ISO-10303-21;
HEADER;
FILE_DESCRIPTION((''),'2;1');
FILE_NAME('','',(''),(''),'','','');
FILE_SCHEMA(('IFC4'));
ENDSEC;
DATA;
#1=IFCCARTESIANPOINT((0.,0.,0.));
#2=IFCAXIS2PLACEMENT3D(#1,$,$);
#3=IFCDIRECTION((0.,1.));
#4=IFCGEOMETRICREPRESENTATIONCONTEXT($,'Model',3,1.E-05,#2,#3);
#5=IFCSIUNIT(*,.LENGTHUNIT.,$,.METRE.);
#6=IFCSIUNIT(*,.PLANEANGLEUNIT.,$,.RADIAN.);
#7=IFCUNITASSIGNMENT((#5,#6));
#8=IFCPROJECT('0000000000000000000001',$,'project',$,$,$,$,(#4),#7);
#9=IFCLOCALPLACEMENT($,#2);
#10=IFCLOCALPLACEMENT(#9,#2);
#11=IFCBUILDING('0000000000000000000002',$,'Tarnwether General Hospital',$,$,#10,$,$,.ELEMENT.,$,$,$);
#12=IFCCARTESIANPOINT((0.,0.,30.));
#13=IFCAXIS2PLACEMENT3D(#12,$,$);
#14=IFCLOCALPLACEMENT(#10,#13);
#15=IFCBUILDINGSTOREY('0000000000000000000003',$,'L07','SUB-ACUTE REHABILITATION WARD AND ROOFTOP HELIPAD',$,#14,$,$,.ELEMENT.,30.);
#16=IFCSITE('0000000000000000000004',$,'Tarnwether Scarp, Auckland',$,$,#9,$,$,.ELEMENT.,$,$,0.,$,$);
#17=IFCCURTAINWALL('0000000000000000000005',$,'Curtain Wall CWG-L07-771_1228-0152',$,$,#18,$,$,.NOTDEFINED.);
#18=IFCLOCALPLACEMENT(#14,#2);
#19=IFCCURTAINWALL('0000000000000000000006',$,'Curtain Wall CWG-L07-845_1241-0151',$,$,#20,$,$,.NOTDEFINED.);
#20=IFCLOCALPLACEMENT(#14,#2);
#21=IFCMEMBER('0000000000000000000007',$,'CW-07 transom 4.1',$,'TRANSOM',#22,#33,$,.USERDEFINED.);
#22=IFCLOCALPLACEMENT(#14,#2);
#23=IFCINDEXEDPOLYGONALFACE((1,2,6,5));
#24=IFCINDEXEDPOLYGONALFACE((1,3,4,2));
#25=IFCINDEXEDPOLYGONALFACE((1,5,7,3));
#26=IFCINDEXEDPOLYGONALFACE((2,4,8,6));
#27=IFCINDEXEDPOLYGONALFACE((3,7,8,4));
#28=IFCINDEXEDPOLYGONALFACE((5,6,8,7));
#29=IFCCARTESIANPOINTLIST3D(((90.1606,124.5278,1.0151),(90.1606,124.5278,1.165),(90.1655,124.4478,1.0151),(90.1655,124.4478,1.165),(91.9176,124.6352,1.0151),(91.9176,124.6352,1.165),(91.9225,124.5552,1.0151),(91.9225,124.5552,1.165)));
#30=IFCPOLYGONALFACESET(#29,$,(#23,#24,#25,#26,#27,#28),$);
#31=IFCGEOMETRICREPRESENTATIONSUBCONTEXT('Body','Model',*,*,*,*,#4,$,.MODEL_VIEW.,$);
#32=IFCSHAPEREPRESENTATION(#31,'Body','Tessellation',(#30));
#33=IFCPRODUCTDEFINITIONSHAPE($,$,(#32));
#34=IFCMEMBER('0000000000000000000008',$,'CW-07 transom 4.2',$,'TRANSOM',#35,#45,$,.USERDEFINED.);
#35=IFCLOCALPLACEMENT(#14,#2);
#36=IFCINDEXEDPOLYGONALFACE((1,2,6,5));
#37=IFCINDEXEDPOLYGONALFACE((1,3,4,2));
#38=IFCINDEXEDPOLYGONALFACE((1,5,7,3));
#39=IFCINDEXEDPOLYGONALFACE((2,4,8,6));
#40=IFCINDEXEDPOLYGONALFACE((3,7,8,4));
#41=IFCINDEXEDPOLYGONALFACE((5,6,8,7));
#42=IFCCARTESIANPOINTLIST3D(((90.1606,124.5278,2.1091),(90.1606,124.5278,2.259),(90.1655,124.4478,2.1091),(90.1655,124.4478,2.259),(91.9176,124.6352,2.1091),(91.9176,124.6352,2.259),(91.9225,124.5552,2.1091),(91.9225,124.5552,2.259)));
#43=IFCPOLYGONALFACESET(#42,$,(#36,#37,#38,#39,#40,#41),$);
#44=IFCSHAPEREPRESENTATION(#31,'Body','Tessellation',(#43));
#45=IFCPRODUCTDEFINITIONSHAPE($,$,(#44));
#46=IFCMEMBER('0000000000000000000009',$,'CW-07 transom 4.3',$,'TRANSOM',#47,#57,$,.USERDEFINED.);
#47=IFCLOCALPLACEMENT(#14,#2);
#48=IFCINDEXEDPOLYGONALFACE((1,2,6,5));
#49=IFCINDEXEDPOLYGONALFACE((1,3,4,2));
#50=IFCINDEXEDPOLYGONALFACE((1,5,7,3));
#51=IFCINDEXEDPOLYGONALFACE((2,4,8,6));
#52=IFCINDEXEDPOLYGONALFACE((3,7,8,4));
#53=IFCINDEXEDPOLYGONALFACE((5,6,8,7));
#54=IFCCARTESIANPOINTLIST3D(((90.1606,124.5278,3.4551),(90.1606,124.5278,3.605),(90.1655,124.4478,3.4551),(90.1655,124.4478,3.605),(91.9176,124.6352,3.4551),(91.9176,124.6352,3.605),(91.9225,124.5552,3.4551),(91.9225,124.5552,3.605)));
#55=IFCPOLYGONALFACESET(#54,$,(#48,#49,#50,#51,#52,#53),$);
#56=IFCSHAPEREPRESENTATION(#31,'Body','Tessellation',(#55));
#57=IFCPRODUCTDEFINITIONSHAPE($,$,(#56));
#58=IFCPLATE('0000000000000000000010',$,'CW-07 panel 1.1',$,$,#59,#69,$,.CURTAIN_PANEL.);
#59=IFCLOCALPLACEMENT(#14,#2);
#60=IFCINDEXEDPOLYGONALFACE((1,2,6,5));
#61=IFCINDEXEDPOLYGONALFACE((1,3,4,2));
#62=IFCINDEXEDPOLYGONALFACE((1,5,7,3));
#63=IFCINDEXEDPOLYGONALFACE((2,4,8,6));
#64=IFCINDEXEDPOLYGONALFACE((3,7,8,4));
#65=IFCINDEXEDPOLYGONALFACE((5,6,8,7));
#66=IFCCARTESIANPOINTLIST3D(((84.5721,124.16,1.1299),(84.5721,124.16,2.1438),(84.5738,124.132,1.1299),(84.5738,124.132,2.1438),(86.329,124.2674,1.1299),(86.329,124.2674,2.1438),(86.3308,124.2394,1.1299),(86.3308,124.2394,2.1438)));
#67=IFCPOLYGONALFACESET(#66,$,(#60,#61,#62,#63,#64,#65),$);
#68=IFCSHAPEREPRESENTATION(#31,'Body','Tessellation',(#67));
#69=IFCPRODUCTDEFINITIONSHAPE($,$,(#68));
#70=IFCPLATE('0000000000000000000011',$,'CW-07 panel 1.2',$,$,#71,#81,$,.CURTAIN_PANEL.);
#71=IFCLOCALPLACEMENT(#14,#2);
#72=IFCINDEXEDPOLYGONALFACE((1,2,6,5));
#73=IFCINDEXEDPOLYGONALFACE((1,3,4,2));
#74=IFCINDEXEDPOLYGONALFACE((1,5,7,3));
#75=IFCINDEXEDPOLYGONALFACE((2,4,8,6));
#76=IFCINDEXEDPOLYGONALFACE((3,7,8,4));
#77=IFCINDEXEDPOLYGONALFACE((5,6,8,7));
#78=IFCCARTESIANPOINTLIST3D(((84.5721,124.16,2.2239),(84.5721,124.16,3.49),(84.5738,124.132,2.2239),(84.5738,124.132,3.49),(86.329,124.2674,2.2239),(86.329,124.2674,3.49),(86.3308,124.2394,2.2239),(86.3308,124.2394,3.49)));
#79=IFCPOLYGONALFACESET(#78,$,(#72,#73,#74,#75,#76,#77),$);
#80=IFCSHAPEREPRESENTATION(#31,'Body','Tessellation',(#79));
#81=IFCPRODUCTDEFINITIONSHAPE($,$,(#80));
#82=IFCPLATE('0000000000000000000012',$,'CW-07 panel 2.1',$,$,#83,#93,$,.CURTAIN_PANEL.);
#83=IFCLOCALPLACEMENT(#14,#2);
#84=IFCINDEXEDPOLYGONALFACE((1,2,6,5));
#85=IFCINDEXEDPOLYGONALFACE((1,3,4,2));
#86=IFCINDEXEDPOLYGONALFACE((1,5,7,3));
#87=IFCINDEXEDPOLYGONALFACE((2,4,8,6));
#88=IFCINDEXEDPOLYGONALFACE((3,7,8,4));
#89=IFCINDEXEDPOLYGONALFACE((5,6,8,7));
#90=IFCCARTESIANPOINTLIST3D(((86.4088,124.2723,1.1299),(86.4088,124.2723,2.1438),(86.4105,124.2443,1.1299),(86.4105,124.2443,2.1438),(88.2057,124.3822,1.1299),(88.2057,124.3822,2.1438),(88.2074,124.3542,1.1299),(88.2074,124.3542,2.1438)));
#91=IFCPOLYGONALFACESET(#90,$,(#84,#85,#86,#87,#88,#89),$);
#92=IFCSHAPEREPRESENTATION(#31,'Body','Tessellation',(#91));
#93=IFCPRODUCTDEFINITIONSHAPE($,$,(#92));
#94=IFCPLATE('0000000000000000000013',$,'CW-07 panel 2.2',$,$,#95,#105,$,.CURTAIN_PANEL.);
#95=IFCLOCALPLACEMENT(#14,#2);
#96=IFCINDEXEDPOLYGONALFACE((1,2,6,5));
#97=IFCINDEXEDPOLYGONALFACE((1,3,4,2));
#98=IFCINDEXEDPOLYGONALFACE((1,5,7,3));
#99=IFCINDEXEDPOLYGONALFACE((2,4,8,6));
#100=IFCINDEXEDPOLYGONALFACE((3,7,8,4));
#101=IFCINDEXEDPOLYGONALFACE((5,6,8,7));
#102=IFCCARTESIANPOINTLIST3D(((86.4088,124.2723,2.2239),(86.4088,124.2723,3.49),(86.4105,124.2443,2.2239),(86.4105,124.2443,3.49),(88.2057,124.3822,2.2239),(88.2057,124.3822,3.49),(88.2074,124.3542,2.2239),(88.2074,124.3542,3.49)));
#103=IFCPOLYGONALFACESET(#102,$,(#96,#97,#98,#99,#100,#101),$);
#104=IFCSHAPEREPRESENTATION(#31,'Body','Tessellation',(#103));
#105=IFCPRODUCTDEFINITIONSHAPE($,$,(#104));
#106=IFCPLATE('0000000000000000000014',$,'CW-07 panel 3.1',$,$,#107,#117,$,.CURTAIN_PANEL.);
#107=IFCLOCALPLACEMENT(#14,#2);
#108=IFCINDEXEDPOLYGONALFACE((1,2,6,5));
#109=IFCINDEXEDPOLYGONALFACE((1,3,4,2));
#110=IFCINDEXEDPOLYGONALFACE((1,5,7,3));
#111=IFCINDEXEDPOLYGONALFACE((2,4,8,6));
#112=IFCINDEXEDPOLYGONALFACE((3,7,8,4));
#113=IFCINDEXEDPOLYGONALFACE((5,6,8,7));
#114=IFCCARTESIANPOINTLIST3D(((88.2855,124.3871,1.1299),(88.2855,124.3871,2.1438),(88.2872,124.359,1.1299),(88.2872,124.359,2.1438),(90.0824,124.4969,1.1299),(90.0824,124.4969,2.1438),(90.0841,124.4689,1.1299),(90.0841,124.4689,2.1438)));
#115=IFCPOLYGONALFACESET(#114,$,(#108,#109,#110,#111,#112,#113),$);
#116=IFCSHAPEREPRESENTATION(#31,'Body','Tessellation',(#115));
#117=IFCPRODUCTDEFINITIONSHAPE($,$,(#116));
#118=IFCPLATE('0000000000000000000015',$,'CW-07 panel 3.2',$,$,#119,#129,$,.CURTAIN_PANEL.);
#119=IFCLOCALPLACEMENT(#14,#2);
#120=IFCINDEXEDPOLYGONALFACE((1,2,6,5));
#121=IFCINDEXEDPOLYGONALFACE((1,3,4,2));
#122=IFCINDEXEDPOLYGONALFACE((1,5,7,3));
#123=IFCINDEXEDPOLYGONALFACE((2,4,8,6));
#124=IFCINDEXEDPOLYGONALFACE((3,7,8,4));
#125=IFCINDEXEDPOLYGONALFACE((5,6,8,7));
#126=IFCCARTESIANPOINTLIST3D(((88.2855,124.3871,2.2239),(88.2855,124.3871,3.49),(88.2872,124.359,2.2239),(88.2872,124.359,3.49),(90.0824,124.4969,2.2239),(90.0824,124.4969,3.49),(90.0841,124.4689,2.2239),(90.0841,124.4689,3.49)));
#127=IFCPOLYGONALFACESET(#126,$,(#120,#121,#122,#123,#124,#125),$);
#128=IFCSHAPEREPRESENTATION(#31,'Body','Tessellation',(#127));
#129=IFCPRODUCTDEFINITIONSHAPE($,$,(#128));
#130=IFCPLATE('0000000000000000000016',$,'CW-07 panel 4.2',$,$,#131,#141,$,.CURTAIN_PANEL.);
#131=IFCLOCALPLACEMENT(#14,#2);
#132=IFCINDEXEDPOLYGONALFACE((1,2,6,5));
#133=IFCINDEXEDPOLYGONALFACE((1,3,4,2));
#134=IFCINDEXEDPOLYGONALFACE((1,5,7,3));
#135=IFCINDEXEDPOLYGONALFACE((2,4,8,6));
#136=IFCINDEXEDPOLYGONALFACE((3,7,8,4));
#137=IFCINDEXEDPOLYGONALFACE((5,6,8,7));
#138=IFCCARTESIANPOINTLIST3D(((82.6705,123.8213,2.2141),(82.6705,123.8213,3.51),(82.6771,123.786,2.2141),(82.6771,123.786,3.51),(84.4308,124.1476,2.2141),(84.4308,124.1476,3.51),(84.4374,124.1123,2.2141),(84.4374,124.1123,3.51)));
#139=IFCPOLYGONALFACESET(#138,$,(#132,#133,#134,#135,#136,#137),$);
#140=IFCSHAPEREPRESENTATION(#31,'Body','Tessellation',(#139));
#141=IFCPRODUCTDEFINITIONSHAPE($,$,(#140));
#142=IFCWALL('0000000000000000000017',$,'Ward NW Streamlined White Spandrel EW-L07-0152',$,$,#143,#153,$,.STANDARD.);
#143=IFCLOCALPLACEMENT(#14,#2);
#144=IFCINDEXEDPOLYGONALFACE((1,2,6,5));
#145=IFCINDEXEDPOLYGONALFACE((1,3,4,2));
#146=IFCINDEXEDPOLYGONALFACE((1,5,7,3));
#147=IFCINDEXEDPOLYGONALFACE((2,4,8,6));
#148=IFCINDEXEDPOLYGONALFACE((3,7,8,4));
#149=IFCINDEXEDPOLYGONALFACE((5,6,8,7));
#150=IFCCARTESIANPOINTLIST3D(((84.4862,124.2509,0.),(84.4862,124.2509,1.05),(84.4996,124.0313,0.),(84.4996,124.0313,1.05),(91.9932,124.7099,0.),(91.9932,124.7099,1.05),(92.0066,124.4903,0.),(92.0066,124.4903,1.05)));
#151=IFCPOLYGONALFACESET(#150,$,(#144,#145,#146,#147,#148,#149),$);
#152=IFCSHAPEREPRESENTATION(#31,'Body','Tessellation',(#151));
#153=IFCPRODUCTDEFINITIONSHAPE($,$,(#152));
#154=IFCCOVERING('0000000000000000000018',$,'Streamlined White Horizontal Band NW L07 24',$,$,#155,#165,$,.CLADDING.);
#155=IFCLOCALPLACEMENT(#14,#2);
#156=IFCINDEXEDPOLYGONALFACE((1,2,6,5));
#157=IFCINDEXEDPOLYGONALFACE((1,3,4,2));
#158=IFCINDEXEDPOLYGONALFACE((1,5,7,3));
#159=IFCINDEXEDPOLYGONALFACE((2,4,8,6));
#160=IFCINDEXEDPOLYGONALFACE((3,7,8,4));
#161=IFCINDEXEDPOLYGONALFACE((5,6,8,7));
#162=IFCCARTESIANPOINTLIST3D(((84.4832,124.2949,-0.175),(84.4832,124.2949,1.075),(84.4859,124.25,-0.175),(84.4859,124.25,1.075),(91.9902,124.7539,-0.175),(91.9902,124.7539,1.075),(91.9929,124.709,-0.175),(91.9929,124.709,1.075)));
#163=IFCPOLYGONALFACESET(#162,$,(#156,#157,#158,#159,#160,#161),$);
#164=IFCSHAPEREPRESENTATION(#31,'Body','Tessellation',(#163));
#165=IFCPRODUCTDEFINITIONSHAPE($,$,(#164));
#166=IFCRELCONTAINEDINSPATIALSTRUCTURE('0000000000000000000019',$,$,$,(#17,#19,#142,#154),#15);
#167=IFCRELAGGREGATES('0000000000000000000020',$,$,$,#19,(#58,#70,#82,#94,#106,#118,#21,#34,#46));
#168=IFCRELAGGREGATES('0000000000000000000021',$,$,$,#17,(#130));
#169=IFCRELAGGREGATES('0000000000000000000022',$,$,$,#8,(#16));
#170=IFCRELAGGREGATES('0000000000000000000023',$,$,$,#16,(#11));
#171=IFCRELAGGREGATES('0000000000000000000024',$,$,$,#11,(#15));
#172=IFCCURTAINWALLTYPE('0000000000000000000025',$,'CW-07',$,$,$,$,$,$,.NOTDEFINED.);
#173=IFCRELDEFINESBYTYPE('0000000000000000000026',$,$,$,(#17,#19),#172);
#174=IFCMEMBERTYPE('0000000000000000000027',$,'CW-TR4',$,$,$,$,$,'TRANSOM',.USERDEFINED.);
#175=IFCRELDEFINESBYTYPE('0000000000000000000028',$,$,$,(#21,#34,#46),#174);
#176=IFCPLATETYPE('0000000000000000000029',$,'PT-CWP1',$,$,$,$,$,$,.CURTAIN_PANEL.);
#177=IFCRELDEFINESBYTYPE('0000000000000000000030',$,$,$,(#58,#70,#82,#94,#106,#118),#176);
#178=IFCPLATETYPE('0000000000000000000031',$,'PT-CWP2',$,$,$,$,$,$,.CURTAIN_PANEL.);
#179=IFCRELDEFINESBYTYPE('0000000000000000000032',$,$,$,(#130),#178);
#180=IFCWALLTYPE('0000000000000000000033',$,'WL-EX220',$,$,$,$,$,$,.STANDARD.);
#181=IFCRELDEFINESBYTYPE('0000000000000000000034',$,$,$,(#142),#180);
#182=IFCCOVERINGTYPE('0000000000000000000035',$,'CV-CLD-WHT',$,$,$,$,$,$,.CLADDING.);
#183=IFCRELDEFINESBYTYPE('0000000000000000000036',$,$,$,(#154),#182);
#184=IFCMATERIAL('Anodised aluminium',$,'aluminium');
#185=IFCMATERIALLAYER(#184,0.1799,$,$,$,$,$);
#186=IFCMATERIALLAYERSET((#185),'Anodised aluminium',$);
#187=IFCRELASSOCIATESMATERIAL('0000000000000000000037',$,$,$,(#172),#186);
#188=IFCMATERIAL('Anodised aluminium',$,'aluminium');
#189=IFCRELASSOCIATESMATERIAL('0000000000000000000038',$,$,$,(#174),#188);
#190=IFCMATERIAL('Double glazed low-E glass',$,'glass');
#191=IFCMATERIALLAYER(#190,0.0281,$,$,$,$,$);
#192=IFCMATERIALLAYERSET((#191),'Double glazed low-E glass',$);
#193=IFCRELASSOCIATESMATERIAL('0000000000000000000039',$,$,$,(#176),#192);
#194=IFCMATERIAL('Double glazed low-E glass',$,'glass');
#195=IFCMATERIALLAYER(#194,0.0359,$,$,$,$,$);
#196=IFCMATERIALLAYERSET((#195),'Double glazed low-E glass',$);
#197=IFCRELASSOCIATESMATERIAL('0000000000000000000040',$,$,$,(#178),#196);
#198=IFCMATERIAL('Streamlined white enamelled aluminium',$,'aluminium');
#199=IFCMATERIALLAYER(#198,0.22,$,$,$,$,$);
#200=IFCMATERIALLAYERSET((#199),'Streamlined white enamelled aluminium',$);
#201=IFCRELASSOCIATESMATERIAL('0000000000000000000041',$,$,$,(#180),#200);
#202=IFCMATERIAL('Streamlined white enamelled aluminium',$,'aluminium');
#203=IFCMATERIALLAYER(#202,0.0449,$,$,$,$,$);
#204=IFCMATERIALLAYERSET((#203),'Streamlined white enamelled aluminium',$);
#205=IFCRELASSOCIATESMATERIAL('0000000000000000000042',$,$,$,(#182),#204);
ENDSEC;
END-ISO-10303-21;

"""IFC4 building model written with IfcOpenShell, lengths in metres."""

from ifc_helpers import new_model, si_unit, direction, frame, frame_2d, origin, origin_2d, place, context, subcontext, project, spatial, rectangle, extrude, material, layer, layer_set, material_profile, profile_set, type_object, element, aggregate, save


model = new_model("IFC4")

# Units and contexts
model_context = context("Model", 3, precision=1e-05, world=origin(), true_north=direction((0.0, 1.0)))
body_context = subcontext(model_context, "Body", "Model", "MODEL_VIEW")
ifc_project = project(units=[si_unit("LENGTHUNIT", "METRE"), si_unit("PLANEANGLEUNIT", "RADIAN")], contexts=[model_context])

# Site, building, storey
site_placement = place(None, origin())
site = spatial("IfcSite", under=ifc_project, at=site_placement, Name="Tarnwether Scarp, Auckland", CompositionType="ELEMENT", RefElevation=0.0)
building_placement = place(site_placement, origin())
building = spatial("IfcBuilding", under=site, at=building_placement, Name="Tarnwether General Hospital", CompositionType="ELEMENT")
storey_placement = place(building_placement, frame((0.0, 0.0, 30.0)))
storey = spatial("IfcBuildingStorey", under=building, at=storey_placement, Name="L07", Description="SUB-ACUTE REHABILITATION WARD AND ROOFTOP HELIPAD", CompositionType="ELEMENT", Elevation=30.0)

# Curtain wall
ifc_material_1 = material(Name="Anodised aluminium", Category="aluminium")
ifc_layer_1 = layer(ifc_material_1, 0.1799)
ifc_layer_set_1 = layer_set([ifc_layer_1], Name="Anodised aluminium")
curtain_wall_type = type_object("IfcCurtainWallType", Name="CW-07", PredefinedType="NOTDEFINED", material=ifc_layer_set_1)
curtain_wall_1_placement = place(storey_placement, origin())
curtain_wall_1 = element("IfcCurtainWall", 1, at=curtain_wall_1_placement, inside=storey, type_object=curtain_wall_type, Name="Curtain Wall CWG-L07-771_1228-0152", PredefinedType="NOTDEFINED")

# Curtain wall, members, plates
curtain_wall_2_placement = place(storey_placement, origin())
curtain_wall_2 = element("IfcCurtainWall", 2, at=curtain_wall_2_placement, inside=storey, type_object=curtain_wall_type, Name="Curtain Wall CWG-L07-845_1241-0151", PredefinedType="NOTDEFINED")
ifc_material_2 = material(Name="Anodised aluminium", Category="aluminium")
ifc_material_profile_1 = material_profile(ifc_material_2, rectangle(XDim=0.0801, YDim=0.1499, at=origin_2d()), Name="ALU-TRN-80x150")
ifc_profile_set_1 = profile_set([ifc_material_profile_1], Name="Anodised aluminium")
member_type_1 = type_object("IfcMemberType", Name="CW-TR4", ElementType="TRANSOM", PredefinedType="USERDEFINED", material=ifc_profile_set_1)
member_1_placement = place(storey_placement, frame((90.1631, 124.4878, 1.0901), z_axis=(0.998136, 0.061023, 0.0), x_axis=(-0.061023, 0.998136, 0.0)))
member_1 = element("IfcMember", 3, at=member_1_placement, type_object=member_type_1, Name="CW-07 transom 4.1", ObjectType="TRANSOM", PredefinedType="USERDEFINED", context=body_context, shape_type="SweptSolid", body=[
    extrude(rectangle(XDim=0.0801, YDim=0.1499, at=origin_2d()), origin(), (0.0, 0.0, 1.0), 1.7603),
])
member_2_placement = place(storey_placement, frame((90.1631, 124.4878, 2.1841), z_axis=(0.998136, 0.061023, 0.0), x_axis=(-0.061023, 0.998136, 0.0)))
member_2 = element("IfcMember", 4, at=member_2_placement, type_object=member_type_1, Name="CW-07 transom 4.2", ObjectType="TRANSOM", PredefinedType="USERDEFINED", context=body_context, shape_type="SweptSolid", body=[
    extrude(rectangle(XDim=0.0801, YDim=0.1499, at=origin_2d()), origin(), (0.0, 0.0, 1.0), 1.7603),
])
member_3_placement = place(storey_placement, frame((90.1631, 124.4878, 3.53), z_axis=(0.998136, 0.061023, 0.0), x_axis=(-0.061023, 0.998136, 0.0)))
member_3 = element("IfcMember", 5, at=member_3_placement, type_object=member_type_1, Name="CW-07 transom 4.3", ObjectType="TRANSOM", PredefinedType="USERDEFINED", context=body_context, shape_type="SweptSolid", body=[
    extrude(rectangle(XDim=0.0801, YDim=0.1499, at=origin_2d()), origin(), (0.0, 0.0, 1.0), 1.7603),
])
ifc_material_3 = material(Name="Double glazed low-E glass", Category="glass")
ifc_layer_2 = layer(ifc_material_3, 0.0281)
ifc_layer_set_2 = layer_set([ifc_layer_2], Name="Double glazed low-E glass")
plate_type_1 = type_object("IfcPlateType", Name="PT-CWP1", PredefinedType="CURTAIN_PANEL", material=ifc_layer_set_2)
plate_1_placement = place(storey_placement, frame((85.4514, 124.1997, 1.1299), z_axis=(0.0, 0.0, 1.0), x_axis=(0.998136, 0.061029, 0.0)))
plate_1 = element("IfcPlate", 6, at=plate_1_placement, type_object=plate_type_1, Name="CW-07 panel 1.1", PredefinedType="CURTAIN_PANEL", context=body_context, shape_type="SweptSolid", body=[
    extrude(rectangle(XDim=1.7603, YDim=0.0281, at=origin_2d()), origin(), (0.0, 0.0, 1.0), 1.0139),
])
plate_2_placement = place(storey_placement, frame((85.4514, 124.1997, 2.2239), z_axis=(0.0, 0.0, 1.0), x_axis=(0.998136, 0.061029, 0.0)))
plate_2 = element("IfcPlate", 7, at=plate_2_placement, type_object=plate_type_1, Name="CW-07 panel 1.2", PredefinedType="CURTAIN_PANEL", context=body_context, shape_type="SweptSolid", body=[
    extrude(rectangle(XDim=1.7603, YDim=0.0281, at=origin_2d()), origin(), (0.0, 0.0, 1.0), 1.2661),
])
plate_3_placement = place(storey_placement, frame((87.3081, 124.3132, 1.1299), z_axis=(0.0, 0.0, 1.0), x_axis=(0.998136, 0.061029, 0.0)))
plate_3 = element("IfcPlate", 8, at=plate_3_placement, type_object=plate_type_1, Name="CW-07 panel 2.1", PredefinedType="CURTAIN_PANEL", context=body_context, shape_type="SweptSolid", body=[
    extrude(rectangle(XDim=1.8003, YDim=0.0281, at=origin_2d()), origin(), (0.0, 0.0, 1.0), 1.0139),
])
plate_4_placement = place(storey_placement, frame((87.3081, 124.3132, 2.2239), z_axis=(0.0, 0.0, 1.0), x_axis=(0.998136, 0.061029, 0.0)))
plate_4 = element("IfcPlate", 9, at=plate_4_placement, type_object=plate_type_1, Name="CW-07 panel 2.2", PredefinedType="CURTAIN_PANEL", context=body_context, shape_type="SweptSolid", body=[
    extrude(rectangle(XDim=1.8003, YDim=0.0281, at=origin_2d()), origin(), (0.0, 0.0, 1.0), 1.2661),
])
plate_5_placement = place(storey_placement, frame((89.1848, 124.428, 1.1299), z_axis=(0.0, 0.0, 1.0), x_axis=(0.998136, 0.061029, 0.0)))
plate_5 = element("IfcPlate", 10, at=plate_5_placement, type_object=plate_type_1, Name="CW-07 panel 3.1", PredefinedType="CURTAIN_PANEL", context=body_context, shape_type="SweptSolid", body=[
    extrude(rectangle(XDim=1.8003, YDim=0.0281, at=origin_2d()), origin(), (0.0, 0.0, 1.0), 1.0139),
])
plate_6_placement = place(storey_placement, frame((89.1848, 124.428, 2.2239), z_axis=(0.0, 0.0, 1.0), x_axis=(0.998136, 0.061029, 0.0)))
plate_6 = element("IfcPlate", 11, at=plate_6_placement, type_object=plate_type_1, Name="CW-07 panel 3.2", PredefinedType="CURTAIN_PANEL", context=body_context, shape_type="SweptSolid", body=[
    extrude(rectangle(XDim=1.8003, YDim=0.0281, at=origin_2d()), origin(), (0.0, 0.0, 1.0), 1.2661),
])
aggregate(curtain_wall_2, [plate_1, plate_2, plate_3, plate_4, plate_5, plate_6, member_1, member_2, member_3])

# Plate
ifc_material_4 = material(Name="Double glazed low-E glass", Category="glass")
ifc_layer_3 = layer(ifc_material_4, 0.0359)
ifc_layer_set_3 = layer_set([ifc_layer_3], Name="Double glazed low-E glass")
plate_type_2 = type_object("IfcPlateType", Name="PT-CWP2", PredefinedType="CURTAIN_PANEL", material=ifc_layer_set_3)
plate_7_placement = place(storey_placement, frame((83.554, 123.9668, 2.2141), z_axis=(0.0, 0.0, 1.0), x_axis=(0.983245, 0.182289, 0.0)))
plate_7 = element("IfcPlate", 12, at=plate_7_placement, type_object=plate_type_2, Name="CW-07 panel 4.2", PredefinedType="CURTAIN_PANEL", context=body_context, shape_type="SweptSolid", body=[
    extrude(rectangle(XDim=1.7903, YDim=0.0359, at=origin_2d()), origin(), (0.0, 0.0, 1.0), 1.2959),
])
aggregate(curtain_wall_1, [plate_7])

# Wall
ifc_material_5 = material(Name="Streamlined white enamelled aluminium", Category="aluminium")
ifc_layer_4 = layer(ifc_material_5, 0.22)
ifc_layer_set_4 = layer_set([ifc_layer_4], Name="Streamlined white enamelled aluminium")
wall_type = type_object("IfcWallType", Name="WL-EX220", PredefinedType="STANDARD", material=ifc_layer_set_4)
wall_placement = place(storey_placement, frame((84.4929, 124.1411, 0.0), z_axis=(0.0, 0.0, 1.0), x_axis=(0.998136, 0.061026, 0.0)))
element("IfcWall", 13, at=wall_placement, inside=storey, type_object=wall_type, Name="Ward NW Streamlined White Spandrel EW-L07-0152", PredefinedType="STANDARD", context=body_context, shape_type="SweptSolid", body=[
    extrude(rectangle(XDim=7.521, YDim=0.22, at=frame_2d((3.7605, 0.0))), origin(), (0.0, 0.0, 1.0), 1.05),
])

# Covering
ifc_material_6 = material(Name="Streamlined white enamelled aluminium", Category="aluminium")
ifc_layer_5 = layer(ifc_material_6, 0.0449)
ifc_layer_set_5 = layer_set([ifc_layer_5], Name="Streamlined white enamelled aluminium")
covering_type = type_object("IfcCoveringType", Name="CV-CLD-WHT", PredefinedType="CLADDING", material=ifc_layer_set_5)
covering_placement = place(storey_placement, frame((88.238, 124.502, -0.175), z_axis=(0.0, 0.0, 1.0), x_axis=(0.998136, 0.061031, 0.0)))
element("IfcCovering", 14, at=covering_placement, inside=storey, type_object=covering_type, Name="Streamlined White Horizontal Band NW L07 24", PredefinedType="CLADDING", context=body_context, shape_type="SweptSolid", body=[
    extrude(rectangle(XDim=7.521, YDim=0.0449, at=origin_2d()), origin(), (0.0, 0.0, 1.0), 1.25),
])

save(model, "model.ifc")
